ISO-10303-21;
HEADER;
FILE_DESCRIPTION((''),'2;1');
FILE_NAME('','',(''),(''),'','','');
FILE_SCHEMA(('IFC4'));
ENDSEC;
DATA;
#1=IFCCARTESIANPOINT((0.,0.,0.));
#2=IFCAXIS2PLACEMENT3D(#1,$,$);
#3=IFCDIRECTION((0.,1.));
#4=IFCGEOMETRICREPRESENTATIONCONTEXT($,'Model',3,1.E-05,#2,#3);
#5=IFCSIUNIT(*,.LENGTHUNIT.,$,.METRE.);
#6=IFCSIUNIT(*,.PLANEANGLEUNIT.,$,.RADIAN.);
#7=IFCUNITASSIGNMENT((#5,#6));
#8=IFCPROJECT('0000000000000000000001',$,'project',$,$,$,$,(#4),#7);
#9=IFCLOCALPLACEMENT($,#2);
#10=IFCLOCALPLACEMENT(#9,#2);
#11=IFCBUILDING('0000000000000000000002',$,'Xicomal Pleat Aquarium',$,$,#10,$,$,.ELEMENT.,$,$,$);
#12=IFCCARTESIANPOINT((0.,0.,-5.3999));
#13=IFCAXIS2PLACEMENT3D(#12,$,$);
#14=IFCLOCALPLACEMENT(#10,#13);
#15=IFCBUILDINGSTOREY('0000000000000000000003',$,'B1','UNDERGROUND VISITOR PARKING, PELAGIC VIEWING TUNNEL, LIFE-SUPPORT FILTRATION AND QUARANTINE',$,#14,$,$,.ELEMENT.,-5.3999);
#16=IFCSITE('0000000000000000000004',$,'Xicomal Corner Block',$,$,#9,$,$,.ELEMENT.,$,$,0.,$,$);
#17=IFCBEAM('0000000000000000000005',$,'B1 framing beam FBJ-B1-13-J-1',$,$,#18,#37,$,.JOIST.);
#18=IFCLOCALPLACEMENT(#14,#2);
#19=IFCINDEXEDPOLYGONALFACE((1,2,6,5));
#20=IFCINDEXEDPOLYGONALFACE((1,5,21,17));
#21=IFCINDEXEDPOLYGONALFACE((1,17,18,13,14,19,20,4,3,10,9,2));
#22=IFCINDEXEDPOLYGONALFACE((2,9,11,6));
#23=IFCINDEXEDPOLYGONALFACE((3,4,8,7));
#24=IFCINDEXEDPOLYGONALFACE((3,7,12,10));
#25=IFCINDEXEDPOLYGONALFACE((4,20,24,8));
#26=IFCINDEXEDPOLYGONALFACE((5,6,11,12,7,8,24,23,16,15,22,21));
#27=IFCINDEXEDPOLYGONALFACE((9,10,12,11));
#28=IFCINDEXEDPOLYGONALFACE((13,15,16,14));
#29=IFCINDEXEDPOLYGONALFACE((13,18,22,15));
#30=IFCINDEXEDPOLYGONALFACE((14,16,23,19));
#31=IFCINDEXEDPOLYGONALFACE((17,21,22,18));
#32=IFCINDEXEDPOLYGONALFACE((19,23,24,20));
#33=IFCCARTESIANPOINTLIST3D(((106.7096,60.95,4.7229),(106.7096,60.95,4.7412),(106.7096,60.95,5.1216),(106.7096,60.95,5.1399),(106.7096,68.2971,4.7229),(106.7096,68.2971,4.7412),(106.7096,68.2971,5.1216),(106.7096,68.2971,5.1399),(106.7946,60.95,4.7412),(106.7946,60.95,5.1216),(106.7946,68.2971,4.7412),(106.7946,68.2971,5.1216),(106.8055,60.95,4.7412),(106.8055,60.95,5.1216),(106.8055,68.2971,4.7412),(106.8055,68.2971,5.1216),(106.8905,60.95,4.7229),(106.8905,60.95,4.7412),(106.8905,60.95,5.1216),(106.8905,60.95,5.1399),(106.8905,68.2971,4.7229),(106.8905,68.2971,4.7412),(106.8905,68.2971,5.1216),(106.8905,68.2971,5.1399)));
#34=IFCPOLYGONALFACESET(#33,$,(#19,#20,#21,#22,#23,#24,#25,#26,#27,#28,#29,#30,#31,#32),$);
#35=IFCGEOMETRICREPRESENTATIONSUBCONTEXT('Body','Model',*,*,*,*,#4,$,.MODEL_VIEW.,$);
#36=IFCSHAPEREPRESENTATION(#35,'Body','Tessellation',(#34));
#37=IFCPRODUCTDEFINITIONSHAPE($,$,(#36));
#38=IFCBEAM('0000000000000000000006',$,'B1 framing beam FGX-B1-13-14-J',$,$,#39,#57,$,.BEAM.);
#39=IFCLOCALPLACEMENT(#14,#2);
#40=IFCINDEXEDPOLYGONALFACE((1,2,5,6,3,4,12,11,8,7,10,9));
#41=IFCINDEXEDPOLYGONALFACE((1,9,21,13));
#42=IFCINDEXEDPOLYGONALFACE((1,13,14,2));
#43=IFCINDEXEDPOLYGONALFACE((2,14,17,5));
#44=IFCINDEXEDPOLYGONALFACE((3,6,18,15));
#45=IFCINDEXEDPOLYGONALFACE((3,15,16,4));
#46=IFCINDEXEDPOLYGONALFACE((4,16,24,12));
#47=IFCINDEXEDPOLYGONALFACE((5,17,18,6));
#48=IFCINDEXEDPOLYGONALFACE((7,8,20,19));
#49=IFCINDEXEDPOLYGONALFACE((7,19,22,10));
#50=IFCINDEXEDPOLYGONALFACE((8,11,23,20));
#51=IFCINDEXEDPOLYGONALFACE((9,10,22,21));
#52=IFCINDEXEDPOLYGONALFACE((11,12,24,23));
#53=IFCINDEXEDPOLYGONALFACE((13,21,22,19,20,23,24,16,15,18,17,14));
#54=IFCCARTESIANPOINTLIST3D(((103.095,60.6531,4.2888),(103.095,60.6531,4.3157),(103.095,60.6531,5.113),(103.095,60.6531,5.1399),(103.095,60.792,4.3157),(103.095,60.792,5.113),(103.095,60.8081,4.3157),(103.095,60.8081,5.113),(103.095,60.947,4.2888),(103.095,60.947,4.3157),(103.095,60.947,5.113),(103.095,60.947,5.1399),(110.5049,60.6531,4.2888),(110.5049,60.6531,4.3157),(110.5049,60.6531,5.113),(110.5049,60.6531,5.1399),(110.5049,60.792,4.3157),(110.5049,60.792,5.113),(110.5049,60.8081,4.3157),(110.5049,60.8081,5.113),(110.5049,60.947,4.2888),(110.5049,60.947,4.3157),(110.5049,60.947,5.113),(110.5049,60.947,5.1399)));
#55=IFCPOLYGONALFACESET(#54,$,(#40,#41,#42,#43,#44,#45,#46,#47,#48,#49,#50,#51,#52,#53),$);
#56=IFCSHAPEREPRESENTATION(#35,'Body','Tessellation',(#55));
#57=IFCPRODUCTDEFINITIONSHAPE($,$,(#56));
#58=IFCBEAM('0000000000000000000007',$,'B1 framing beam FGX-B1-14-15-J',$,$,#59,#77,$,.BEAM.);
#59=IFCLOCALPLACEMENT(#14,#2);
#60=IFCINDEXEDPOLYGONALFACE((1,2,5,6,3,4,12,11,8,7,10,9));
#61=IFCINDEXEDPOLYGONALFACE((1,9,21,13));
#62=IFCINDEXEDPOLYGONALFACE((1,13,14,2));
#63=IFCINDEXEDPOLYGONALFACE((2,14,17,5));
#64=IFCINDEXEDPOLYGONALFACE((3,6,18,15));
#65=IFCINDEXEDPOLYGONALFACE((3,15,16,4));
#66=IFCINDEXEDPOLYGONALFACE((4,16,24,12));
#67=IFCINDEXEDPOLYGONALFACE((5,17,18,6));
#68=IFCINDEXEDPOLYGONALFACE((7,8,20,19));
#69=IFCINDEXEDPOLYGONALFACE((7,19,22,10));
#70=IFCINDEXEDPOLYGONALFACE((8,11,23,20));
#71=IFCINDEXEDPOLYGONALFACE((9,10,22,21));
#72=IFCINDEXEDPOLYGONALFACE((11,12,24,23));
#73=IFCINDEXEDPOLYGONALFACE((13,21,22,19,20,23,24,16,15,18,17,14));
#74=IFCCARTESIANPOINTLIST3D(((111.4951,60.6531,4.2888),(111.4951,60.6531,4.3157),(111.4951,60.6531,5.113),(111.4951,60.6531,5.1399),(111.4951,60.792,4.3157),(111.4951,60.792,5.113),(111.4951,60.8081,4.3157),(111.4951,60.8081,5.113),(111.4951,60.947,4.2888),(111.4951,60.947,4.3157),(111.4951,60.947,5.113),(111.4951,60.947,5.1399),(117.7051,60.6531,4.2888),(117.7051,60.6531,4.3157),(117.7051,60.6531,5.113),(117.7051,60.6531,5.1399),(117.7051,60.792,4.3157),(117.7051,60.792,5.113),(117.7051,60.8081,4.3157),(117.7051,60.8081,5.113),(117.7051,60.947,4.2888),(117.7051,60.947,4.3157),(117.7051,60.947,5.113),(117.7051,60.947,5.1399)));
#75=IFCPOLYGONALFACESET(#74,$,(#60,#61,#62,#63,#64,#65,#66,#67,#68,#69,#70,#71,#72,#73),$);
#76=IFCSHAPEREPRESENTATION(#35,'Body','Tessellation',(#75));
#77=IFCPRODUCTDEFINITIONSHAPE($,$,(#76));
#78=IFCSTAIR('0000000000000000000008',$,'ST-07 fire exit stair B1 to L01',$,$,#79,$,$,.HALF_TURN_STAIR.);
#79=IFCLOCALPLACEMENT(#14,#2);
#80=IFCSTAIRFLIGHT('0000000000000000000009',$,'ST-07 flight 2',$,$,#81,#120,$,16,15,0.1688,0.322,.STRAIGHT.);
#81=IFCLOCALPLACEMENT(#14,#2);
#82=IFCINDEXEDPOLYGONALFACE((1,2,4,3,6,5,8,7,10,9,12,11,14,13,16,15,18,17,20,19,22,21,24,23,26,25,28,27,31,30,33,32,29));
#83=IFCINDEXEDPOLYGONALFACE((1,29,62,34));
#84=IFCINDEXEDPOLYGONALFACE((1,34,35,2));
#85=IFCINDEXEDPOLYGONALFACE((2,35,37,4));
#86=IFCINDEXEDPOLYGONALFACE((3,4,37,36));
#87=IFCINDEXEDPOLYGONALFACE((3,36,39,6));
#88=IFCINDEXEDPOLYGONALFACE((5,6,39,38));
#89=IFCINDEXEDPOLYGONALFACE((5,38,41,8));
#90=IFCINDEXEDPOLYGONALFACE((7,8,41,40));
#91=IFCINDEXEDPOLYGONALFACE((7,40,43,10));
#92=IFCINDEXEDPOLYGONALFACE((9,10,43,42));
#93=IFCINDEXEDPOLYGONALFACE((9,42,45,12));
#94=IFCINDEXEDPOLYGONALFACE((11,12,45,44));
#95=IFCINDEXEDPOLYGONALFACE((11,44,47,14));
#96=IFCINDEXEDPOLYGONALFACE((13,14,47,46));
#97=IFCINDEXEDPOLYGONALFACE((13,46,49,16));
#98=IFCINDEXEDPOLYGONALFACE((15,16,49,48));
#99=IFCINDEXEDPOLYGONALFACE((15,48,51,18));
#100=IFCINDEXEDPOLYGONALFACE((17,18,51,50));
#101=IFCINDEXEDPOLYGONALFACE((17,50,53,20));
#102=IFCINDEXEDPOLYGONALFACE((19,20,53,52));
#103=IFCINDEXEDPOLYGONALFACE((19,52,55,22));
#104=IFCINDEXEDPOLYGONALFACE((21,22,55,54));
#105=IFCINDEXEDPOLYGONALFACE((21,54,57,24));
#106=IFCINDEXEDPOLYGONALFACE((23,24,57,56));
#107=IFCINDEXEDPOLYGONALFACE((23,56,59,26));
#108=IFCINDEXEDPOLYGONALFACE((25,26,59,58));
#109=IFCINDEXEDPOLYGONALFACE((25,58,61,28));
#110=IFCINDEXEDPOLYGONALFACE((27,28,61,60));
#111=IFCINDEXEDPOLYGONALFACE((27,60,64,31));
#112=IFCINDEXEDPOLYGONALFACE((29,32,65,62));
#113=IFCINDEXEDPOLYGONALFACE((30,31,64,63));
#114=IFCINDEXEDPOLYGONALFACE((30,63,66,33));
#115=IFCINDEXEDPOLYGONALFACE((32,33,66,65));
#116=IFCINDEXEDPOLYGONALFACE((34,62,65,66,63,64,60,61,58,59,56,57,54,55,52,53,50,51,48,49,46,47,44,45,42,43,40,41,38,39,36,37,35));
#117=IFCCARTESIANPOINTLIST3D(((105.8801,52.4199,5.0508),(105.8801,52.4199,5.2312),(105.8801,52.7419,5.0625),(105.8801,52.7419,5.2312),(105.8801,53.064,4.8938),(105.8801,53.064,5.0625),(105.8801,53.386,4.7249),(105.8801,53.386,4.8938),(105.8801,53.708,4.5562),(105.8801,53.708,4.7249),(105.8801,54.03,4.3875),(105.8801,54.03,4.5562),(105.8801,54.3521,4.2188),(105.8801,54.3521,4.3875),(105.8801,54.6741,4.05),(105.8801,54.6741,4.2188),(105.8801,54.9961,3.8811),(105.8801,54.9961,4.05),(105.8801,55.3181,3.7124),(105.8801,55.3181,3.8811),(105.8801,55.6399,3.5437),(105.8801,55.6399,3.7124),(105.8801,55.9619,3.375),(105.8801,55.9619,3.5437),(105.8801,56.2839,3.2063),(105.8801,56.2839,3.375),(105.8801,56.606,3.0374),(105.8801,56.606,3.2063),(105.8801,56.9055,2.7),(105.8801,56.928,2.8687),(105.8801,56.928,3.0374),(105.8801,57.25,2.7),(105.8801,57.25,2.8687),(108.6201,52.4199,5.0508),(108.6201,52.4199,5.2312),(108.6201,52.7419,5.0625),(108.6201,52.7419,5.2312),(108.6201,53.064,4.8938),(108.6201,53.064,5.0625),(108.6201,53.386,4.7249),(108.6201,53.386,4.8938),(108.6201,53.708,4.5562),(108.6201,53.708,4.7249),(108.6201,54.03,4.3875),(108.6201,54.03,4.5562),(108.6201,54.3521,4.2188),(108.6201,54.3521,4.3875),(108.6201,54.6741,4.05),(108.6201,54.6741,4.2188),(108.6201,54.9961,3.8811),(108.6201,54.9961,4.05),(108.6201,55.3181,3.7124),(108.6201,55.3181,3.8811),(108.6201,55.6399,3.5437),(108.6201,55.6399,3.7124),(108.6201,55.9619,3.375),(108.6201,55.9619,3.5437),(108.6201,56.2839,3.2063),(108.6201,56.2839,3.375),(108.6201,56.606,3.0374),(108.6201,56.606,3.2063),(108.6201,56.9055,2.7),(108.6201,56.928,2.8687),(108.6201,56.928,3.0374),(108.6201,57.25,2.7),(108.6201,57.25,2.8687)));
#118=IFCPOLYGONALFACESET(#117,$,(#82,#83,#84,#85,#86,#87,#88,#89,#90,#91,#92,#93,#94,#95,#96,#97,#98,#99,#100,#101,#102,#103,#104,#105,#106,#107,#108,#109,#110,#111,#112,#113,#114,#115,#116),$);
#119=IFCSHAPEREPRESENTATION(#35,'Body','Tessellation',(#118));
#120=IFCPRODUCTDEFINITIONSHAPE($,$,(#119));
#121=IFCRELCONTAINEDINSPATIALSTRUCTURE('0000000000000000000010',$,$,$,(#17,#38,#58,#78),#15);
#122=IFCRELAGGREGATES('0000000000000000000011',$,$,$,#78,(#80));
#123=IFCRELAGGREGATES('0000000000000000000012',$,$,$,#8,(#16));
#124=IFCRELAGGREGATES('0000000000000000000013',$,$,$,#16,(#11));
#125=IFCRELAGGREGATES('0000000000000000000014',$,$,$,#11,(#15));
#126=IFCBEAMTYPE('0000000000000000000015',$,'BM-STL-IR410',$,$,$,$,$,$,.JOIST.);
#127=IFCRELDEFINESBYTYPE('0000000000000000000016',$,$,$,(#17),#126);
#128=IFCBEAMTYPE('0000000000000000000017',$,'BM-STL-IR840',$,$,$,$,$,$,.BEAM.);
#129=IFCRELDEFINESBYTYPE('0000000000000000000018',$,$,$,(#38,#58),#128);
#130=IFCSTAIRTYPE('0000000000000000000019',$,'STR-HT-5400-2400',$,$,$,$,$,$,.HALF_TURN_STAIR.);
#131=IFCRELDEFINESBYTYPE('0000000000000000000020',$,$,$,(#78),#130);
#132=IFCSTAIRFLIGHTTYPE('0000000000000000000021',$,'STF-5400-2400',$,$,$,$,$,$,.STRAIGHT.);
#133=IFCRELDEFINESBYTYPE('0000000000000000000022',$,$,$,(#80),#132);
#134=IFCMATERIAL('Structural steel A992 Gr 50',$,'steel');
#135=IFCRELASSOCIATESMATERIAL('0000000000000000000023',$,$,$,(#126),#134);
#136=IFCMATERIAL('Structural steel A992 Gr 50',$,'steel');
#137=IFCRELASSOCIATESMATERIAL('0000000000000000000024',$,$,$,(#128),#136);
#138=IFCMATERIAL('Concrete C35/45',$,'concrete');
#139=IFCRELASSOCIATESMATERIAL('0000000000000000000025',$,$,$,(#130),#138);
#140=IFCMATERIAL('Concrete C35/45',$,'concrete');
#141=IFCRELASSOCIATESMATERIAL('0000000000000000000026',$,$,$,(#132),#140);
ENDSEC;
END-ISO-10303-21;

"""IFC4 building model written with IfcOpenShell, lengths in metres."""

from ifc_helpers import new_model, si_unit, direction, frame, origin, origin_2d, place, context, subcontext, project, spatial, polyline, i_section, outline, extrude, material, material_profile, profile_set, type_object, element, aggregate, save


model = new_model("IFC4")

# Units and contexts
model_context = context("Model", 3, precision=1e-05, world=origin(), true_north=direction((0.0, 1.0)))
body_context = subcontext(model_context, "Body", "Model", "MODEL_VIEW")
ifc_project = project(units=[si_unit("LENGTHUNIT", "METRE"), si_unit("PLANEANGLEUNIT", "RADIAN")], contexts=[model_context])

# Site, building, storey
site_placement = place(None, origin())
site = spatial("IfcSite", under=ifc_project, at=site_placement, Name="Xicomal Corner Block", CompositionType="ELEMENT", RefElevation=0.0)
building_placement = place(site_placement, origin())
building = spatial("IfcBuilding", under=site, at=building_placement, Name="Xicomal Pleat Aquarium", CompositionType="ELEMENT")
storey_placement = place(building_placement, frame((0.0, 0.0, -5.3999)))
storey = spatial("IfcBuildingStorey", under=building, at=storey_placement, Name="B1", Description="UNDERGROUND VISITOR PARKING, PELAGIC VIEWING TUNNEL, LIFE-SUPPORT FILTRATION AND QUARANTINE", CompositionType="ELEMENT", Elevation=-5.3999)

# Beams
ifc_material_1 = material(Name="Structural steel A992 Gr 50", Category="steel")
ifc_material_profile_1 = material_profile(ifc_material_1, i_section(OverallWidth=0.1809, OverallDepth=0.417, WebThickness=0.011, FlangeThickness=0.0183, at=origin_2d()), Name="IR 410x85")
ifc_profile_set_1 = profile_set([ifc_material_profile_1], Name="Structural steel A992 Gr 50")
beam_type_1 = type_object("IfcBeamType", Name="BM-STL-IR410", PredefinedType="JOIST", material=ifc_profile_set_1)
beam_1_placement = place(storey_placement, frame((106.8, 60.95, 4.9314), z_axis=(0.0, 1.0, 0.0), x_axis=(-1.0, 0.0, 0.0)))
element("IfcBeam", 1, at=beam_1_placement, inside=storey, type_object=beam_type_1, Name="B1 framing beam FBJ-B1-13-J-1", PredefinedType="JOIST", context=body_context, shape_type="SweptSolid", body=[
    extrude(i_section(OverallWidth=0.1809, OverallDepth=0.417, WebThickness=0.011, FlangeThickness=0.0183, at=origin_2d()), origin(), (0.0, 0.0, 1.0), 7.3472),
])
ifc_material_2 = material(Name="Structural steel A992 Gr 50", Category="steel")
ifc_material_profile_2 = material_profile(ifc_material_2, i_section(OverallWidth=0.2939, OverallDepth=0.8511, WebThickness=0.0161, FlangeThickness=0.0269, at=origin_2d()), Name="IR 840x226")
ifc_profile_set_2 = profile_set([ifc_material_profile_2], Name="Structural steel A992 Gr 50")
beam_type_2 = type_object("IfcBeamType", Name="BM-STL-IR840", PredefinedType="BEAM", material=ifc_profile_set_2)
beam_2_placement = place(storey_placement, frame((103.095, 60.8, 4.7144), z_axis=(1.0, 0.0, 0.0), x_axis=(0.0, 1.0, 0.0)))
element("IfcBeam", 2, at=beam_2_placement, inside=storey, type_object=beam_type_2, Name="B1 framing beam FGX-B1-13-14-J", PredefinedType="BEAM", context=body_context, shape_type="SweptSolid", body=[
    extrude(i_section(OverallWidth=0.2939, OverallDepth=0.8511, WebThickness=0.0161, FlangeThickness=0.0269, at=origin_2d()), origin(), (0.0, 0.0, 1.0), 7.4099),
])
beam_3_placement = place(storey_placement, frame((111.4951, 60.8, 4.7144), z_axis=(1.0, 0.0, 0.0), x_axis=(0.0, 1.0, 0.0)))
element("IfcBeam", 3, at=beam_3_placement, inside=storey, type_object=beam_type_2, Name="B1 framing beam FGX-B1-14-15-J", PredefinedType="BEAM", context=body_context, shape_type="SweptSolid", body=[
    extrude(i_section(OverallWidth=0.2939, OverallDepth=0.8511, WebThickness=0.0161, FlangeThickness=0.0269, at=origin_2d()), origin(), (0.0, 0.0, 1.0), 6.21),
])

# Stair, stair flight
ifc_material_3 = material(Name="Concrete C35/45", Category="concrete")
stair_type = type_object("IfcStairType", Name="STR-HT-5400-2400", PredefinedType="HALF_TURN_STAIR", material=ifc_material_3)
stair_placement = place(storey_placement, origin())
stair = element("IfcStair", 4, at=stair_placement, inside=storey, type_object=stair_type, Name="ST-07 fire exit stair B1 to L01", PredefinedType="HALF_TURN_STAIR")
ifc_material_4 = material(Name="Concrete C35/45", Category="concrete")
stair_flight_type = type_object("IfcStairFlightType", Name="STF-5400-2400", PredefinedType="STRAIGHT", material=ifc_material_4)
stair_flight_placement = place(storey_placement, frame((107.25, 57.25, 2.7), z_axis=(0.0, 0.0, 1.0), x_axis=(0.0, -1.0, 0.0)))
stair_flight = element("IfcStairFlight", 5, at=stair_flight_placement, type_object=stair_flight_type, Name="ST-07 flight 2", NumberOfRisers=16, NumberOfTreads=15, PredefinedType="STRAIGHT", RiserHeight=0.1688, TreadLength=0.322, context=body_context, shape_type="SweptSolid", body=[
    extrude(outline(polyline([(0.0, 0.0), (0.0, 0.1687), (0.322, 0.1687), (0.322, 0.3374), (0.644, 0.3374), (0.644, 0.5063), (0.9661, 0.5063), (0.9661, 0.675), (1.2881, 0.675), (1.2881, 0.8438), (1.6101, 0.8438), (1.6101, 1.0125), (1.9319, 1.0125), (1.9319, 1.1812), (2.2539, 1.1812), (2.2539, 1.3501), (2.5759, 1.3501), (2.5759, 1.5188), (2.8979, 1.5188), (2.8979, 1.6875), (3.22, 1.6875), (3.22, 1.8562), (3.542, 1.8562), (3.542, 2.0249), (3.864, 2.0249), (3.864, 2.1938), (4.186, 2.1938), (4.186, 2.3625), (4.5081, 2.3625), (4.5081, 2.5312), (4.8301, 2.5312), (4.8301, 2.7), (4.8301, 2.3508), (0.3445, 0.0), (0.0, 0.0)])), frame((0.0, 1.3701, 0.0), z_axis=(0.0, -1.0, 0.0), x_axis=(1.0, 0.0, 0.0)), (0.0, 0.0, 1.0), 2.74),
])
aggregate(stair, [stair_flight])

save(model, "model.ifc")
